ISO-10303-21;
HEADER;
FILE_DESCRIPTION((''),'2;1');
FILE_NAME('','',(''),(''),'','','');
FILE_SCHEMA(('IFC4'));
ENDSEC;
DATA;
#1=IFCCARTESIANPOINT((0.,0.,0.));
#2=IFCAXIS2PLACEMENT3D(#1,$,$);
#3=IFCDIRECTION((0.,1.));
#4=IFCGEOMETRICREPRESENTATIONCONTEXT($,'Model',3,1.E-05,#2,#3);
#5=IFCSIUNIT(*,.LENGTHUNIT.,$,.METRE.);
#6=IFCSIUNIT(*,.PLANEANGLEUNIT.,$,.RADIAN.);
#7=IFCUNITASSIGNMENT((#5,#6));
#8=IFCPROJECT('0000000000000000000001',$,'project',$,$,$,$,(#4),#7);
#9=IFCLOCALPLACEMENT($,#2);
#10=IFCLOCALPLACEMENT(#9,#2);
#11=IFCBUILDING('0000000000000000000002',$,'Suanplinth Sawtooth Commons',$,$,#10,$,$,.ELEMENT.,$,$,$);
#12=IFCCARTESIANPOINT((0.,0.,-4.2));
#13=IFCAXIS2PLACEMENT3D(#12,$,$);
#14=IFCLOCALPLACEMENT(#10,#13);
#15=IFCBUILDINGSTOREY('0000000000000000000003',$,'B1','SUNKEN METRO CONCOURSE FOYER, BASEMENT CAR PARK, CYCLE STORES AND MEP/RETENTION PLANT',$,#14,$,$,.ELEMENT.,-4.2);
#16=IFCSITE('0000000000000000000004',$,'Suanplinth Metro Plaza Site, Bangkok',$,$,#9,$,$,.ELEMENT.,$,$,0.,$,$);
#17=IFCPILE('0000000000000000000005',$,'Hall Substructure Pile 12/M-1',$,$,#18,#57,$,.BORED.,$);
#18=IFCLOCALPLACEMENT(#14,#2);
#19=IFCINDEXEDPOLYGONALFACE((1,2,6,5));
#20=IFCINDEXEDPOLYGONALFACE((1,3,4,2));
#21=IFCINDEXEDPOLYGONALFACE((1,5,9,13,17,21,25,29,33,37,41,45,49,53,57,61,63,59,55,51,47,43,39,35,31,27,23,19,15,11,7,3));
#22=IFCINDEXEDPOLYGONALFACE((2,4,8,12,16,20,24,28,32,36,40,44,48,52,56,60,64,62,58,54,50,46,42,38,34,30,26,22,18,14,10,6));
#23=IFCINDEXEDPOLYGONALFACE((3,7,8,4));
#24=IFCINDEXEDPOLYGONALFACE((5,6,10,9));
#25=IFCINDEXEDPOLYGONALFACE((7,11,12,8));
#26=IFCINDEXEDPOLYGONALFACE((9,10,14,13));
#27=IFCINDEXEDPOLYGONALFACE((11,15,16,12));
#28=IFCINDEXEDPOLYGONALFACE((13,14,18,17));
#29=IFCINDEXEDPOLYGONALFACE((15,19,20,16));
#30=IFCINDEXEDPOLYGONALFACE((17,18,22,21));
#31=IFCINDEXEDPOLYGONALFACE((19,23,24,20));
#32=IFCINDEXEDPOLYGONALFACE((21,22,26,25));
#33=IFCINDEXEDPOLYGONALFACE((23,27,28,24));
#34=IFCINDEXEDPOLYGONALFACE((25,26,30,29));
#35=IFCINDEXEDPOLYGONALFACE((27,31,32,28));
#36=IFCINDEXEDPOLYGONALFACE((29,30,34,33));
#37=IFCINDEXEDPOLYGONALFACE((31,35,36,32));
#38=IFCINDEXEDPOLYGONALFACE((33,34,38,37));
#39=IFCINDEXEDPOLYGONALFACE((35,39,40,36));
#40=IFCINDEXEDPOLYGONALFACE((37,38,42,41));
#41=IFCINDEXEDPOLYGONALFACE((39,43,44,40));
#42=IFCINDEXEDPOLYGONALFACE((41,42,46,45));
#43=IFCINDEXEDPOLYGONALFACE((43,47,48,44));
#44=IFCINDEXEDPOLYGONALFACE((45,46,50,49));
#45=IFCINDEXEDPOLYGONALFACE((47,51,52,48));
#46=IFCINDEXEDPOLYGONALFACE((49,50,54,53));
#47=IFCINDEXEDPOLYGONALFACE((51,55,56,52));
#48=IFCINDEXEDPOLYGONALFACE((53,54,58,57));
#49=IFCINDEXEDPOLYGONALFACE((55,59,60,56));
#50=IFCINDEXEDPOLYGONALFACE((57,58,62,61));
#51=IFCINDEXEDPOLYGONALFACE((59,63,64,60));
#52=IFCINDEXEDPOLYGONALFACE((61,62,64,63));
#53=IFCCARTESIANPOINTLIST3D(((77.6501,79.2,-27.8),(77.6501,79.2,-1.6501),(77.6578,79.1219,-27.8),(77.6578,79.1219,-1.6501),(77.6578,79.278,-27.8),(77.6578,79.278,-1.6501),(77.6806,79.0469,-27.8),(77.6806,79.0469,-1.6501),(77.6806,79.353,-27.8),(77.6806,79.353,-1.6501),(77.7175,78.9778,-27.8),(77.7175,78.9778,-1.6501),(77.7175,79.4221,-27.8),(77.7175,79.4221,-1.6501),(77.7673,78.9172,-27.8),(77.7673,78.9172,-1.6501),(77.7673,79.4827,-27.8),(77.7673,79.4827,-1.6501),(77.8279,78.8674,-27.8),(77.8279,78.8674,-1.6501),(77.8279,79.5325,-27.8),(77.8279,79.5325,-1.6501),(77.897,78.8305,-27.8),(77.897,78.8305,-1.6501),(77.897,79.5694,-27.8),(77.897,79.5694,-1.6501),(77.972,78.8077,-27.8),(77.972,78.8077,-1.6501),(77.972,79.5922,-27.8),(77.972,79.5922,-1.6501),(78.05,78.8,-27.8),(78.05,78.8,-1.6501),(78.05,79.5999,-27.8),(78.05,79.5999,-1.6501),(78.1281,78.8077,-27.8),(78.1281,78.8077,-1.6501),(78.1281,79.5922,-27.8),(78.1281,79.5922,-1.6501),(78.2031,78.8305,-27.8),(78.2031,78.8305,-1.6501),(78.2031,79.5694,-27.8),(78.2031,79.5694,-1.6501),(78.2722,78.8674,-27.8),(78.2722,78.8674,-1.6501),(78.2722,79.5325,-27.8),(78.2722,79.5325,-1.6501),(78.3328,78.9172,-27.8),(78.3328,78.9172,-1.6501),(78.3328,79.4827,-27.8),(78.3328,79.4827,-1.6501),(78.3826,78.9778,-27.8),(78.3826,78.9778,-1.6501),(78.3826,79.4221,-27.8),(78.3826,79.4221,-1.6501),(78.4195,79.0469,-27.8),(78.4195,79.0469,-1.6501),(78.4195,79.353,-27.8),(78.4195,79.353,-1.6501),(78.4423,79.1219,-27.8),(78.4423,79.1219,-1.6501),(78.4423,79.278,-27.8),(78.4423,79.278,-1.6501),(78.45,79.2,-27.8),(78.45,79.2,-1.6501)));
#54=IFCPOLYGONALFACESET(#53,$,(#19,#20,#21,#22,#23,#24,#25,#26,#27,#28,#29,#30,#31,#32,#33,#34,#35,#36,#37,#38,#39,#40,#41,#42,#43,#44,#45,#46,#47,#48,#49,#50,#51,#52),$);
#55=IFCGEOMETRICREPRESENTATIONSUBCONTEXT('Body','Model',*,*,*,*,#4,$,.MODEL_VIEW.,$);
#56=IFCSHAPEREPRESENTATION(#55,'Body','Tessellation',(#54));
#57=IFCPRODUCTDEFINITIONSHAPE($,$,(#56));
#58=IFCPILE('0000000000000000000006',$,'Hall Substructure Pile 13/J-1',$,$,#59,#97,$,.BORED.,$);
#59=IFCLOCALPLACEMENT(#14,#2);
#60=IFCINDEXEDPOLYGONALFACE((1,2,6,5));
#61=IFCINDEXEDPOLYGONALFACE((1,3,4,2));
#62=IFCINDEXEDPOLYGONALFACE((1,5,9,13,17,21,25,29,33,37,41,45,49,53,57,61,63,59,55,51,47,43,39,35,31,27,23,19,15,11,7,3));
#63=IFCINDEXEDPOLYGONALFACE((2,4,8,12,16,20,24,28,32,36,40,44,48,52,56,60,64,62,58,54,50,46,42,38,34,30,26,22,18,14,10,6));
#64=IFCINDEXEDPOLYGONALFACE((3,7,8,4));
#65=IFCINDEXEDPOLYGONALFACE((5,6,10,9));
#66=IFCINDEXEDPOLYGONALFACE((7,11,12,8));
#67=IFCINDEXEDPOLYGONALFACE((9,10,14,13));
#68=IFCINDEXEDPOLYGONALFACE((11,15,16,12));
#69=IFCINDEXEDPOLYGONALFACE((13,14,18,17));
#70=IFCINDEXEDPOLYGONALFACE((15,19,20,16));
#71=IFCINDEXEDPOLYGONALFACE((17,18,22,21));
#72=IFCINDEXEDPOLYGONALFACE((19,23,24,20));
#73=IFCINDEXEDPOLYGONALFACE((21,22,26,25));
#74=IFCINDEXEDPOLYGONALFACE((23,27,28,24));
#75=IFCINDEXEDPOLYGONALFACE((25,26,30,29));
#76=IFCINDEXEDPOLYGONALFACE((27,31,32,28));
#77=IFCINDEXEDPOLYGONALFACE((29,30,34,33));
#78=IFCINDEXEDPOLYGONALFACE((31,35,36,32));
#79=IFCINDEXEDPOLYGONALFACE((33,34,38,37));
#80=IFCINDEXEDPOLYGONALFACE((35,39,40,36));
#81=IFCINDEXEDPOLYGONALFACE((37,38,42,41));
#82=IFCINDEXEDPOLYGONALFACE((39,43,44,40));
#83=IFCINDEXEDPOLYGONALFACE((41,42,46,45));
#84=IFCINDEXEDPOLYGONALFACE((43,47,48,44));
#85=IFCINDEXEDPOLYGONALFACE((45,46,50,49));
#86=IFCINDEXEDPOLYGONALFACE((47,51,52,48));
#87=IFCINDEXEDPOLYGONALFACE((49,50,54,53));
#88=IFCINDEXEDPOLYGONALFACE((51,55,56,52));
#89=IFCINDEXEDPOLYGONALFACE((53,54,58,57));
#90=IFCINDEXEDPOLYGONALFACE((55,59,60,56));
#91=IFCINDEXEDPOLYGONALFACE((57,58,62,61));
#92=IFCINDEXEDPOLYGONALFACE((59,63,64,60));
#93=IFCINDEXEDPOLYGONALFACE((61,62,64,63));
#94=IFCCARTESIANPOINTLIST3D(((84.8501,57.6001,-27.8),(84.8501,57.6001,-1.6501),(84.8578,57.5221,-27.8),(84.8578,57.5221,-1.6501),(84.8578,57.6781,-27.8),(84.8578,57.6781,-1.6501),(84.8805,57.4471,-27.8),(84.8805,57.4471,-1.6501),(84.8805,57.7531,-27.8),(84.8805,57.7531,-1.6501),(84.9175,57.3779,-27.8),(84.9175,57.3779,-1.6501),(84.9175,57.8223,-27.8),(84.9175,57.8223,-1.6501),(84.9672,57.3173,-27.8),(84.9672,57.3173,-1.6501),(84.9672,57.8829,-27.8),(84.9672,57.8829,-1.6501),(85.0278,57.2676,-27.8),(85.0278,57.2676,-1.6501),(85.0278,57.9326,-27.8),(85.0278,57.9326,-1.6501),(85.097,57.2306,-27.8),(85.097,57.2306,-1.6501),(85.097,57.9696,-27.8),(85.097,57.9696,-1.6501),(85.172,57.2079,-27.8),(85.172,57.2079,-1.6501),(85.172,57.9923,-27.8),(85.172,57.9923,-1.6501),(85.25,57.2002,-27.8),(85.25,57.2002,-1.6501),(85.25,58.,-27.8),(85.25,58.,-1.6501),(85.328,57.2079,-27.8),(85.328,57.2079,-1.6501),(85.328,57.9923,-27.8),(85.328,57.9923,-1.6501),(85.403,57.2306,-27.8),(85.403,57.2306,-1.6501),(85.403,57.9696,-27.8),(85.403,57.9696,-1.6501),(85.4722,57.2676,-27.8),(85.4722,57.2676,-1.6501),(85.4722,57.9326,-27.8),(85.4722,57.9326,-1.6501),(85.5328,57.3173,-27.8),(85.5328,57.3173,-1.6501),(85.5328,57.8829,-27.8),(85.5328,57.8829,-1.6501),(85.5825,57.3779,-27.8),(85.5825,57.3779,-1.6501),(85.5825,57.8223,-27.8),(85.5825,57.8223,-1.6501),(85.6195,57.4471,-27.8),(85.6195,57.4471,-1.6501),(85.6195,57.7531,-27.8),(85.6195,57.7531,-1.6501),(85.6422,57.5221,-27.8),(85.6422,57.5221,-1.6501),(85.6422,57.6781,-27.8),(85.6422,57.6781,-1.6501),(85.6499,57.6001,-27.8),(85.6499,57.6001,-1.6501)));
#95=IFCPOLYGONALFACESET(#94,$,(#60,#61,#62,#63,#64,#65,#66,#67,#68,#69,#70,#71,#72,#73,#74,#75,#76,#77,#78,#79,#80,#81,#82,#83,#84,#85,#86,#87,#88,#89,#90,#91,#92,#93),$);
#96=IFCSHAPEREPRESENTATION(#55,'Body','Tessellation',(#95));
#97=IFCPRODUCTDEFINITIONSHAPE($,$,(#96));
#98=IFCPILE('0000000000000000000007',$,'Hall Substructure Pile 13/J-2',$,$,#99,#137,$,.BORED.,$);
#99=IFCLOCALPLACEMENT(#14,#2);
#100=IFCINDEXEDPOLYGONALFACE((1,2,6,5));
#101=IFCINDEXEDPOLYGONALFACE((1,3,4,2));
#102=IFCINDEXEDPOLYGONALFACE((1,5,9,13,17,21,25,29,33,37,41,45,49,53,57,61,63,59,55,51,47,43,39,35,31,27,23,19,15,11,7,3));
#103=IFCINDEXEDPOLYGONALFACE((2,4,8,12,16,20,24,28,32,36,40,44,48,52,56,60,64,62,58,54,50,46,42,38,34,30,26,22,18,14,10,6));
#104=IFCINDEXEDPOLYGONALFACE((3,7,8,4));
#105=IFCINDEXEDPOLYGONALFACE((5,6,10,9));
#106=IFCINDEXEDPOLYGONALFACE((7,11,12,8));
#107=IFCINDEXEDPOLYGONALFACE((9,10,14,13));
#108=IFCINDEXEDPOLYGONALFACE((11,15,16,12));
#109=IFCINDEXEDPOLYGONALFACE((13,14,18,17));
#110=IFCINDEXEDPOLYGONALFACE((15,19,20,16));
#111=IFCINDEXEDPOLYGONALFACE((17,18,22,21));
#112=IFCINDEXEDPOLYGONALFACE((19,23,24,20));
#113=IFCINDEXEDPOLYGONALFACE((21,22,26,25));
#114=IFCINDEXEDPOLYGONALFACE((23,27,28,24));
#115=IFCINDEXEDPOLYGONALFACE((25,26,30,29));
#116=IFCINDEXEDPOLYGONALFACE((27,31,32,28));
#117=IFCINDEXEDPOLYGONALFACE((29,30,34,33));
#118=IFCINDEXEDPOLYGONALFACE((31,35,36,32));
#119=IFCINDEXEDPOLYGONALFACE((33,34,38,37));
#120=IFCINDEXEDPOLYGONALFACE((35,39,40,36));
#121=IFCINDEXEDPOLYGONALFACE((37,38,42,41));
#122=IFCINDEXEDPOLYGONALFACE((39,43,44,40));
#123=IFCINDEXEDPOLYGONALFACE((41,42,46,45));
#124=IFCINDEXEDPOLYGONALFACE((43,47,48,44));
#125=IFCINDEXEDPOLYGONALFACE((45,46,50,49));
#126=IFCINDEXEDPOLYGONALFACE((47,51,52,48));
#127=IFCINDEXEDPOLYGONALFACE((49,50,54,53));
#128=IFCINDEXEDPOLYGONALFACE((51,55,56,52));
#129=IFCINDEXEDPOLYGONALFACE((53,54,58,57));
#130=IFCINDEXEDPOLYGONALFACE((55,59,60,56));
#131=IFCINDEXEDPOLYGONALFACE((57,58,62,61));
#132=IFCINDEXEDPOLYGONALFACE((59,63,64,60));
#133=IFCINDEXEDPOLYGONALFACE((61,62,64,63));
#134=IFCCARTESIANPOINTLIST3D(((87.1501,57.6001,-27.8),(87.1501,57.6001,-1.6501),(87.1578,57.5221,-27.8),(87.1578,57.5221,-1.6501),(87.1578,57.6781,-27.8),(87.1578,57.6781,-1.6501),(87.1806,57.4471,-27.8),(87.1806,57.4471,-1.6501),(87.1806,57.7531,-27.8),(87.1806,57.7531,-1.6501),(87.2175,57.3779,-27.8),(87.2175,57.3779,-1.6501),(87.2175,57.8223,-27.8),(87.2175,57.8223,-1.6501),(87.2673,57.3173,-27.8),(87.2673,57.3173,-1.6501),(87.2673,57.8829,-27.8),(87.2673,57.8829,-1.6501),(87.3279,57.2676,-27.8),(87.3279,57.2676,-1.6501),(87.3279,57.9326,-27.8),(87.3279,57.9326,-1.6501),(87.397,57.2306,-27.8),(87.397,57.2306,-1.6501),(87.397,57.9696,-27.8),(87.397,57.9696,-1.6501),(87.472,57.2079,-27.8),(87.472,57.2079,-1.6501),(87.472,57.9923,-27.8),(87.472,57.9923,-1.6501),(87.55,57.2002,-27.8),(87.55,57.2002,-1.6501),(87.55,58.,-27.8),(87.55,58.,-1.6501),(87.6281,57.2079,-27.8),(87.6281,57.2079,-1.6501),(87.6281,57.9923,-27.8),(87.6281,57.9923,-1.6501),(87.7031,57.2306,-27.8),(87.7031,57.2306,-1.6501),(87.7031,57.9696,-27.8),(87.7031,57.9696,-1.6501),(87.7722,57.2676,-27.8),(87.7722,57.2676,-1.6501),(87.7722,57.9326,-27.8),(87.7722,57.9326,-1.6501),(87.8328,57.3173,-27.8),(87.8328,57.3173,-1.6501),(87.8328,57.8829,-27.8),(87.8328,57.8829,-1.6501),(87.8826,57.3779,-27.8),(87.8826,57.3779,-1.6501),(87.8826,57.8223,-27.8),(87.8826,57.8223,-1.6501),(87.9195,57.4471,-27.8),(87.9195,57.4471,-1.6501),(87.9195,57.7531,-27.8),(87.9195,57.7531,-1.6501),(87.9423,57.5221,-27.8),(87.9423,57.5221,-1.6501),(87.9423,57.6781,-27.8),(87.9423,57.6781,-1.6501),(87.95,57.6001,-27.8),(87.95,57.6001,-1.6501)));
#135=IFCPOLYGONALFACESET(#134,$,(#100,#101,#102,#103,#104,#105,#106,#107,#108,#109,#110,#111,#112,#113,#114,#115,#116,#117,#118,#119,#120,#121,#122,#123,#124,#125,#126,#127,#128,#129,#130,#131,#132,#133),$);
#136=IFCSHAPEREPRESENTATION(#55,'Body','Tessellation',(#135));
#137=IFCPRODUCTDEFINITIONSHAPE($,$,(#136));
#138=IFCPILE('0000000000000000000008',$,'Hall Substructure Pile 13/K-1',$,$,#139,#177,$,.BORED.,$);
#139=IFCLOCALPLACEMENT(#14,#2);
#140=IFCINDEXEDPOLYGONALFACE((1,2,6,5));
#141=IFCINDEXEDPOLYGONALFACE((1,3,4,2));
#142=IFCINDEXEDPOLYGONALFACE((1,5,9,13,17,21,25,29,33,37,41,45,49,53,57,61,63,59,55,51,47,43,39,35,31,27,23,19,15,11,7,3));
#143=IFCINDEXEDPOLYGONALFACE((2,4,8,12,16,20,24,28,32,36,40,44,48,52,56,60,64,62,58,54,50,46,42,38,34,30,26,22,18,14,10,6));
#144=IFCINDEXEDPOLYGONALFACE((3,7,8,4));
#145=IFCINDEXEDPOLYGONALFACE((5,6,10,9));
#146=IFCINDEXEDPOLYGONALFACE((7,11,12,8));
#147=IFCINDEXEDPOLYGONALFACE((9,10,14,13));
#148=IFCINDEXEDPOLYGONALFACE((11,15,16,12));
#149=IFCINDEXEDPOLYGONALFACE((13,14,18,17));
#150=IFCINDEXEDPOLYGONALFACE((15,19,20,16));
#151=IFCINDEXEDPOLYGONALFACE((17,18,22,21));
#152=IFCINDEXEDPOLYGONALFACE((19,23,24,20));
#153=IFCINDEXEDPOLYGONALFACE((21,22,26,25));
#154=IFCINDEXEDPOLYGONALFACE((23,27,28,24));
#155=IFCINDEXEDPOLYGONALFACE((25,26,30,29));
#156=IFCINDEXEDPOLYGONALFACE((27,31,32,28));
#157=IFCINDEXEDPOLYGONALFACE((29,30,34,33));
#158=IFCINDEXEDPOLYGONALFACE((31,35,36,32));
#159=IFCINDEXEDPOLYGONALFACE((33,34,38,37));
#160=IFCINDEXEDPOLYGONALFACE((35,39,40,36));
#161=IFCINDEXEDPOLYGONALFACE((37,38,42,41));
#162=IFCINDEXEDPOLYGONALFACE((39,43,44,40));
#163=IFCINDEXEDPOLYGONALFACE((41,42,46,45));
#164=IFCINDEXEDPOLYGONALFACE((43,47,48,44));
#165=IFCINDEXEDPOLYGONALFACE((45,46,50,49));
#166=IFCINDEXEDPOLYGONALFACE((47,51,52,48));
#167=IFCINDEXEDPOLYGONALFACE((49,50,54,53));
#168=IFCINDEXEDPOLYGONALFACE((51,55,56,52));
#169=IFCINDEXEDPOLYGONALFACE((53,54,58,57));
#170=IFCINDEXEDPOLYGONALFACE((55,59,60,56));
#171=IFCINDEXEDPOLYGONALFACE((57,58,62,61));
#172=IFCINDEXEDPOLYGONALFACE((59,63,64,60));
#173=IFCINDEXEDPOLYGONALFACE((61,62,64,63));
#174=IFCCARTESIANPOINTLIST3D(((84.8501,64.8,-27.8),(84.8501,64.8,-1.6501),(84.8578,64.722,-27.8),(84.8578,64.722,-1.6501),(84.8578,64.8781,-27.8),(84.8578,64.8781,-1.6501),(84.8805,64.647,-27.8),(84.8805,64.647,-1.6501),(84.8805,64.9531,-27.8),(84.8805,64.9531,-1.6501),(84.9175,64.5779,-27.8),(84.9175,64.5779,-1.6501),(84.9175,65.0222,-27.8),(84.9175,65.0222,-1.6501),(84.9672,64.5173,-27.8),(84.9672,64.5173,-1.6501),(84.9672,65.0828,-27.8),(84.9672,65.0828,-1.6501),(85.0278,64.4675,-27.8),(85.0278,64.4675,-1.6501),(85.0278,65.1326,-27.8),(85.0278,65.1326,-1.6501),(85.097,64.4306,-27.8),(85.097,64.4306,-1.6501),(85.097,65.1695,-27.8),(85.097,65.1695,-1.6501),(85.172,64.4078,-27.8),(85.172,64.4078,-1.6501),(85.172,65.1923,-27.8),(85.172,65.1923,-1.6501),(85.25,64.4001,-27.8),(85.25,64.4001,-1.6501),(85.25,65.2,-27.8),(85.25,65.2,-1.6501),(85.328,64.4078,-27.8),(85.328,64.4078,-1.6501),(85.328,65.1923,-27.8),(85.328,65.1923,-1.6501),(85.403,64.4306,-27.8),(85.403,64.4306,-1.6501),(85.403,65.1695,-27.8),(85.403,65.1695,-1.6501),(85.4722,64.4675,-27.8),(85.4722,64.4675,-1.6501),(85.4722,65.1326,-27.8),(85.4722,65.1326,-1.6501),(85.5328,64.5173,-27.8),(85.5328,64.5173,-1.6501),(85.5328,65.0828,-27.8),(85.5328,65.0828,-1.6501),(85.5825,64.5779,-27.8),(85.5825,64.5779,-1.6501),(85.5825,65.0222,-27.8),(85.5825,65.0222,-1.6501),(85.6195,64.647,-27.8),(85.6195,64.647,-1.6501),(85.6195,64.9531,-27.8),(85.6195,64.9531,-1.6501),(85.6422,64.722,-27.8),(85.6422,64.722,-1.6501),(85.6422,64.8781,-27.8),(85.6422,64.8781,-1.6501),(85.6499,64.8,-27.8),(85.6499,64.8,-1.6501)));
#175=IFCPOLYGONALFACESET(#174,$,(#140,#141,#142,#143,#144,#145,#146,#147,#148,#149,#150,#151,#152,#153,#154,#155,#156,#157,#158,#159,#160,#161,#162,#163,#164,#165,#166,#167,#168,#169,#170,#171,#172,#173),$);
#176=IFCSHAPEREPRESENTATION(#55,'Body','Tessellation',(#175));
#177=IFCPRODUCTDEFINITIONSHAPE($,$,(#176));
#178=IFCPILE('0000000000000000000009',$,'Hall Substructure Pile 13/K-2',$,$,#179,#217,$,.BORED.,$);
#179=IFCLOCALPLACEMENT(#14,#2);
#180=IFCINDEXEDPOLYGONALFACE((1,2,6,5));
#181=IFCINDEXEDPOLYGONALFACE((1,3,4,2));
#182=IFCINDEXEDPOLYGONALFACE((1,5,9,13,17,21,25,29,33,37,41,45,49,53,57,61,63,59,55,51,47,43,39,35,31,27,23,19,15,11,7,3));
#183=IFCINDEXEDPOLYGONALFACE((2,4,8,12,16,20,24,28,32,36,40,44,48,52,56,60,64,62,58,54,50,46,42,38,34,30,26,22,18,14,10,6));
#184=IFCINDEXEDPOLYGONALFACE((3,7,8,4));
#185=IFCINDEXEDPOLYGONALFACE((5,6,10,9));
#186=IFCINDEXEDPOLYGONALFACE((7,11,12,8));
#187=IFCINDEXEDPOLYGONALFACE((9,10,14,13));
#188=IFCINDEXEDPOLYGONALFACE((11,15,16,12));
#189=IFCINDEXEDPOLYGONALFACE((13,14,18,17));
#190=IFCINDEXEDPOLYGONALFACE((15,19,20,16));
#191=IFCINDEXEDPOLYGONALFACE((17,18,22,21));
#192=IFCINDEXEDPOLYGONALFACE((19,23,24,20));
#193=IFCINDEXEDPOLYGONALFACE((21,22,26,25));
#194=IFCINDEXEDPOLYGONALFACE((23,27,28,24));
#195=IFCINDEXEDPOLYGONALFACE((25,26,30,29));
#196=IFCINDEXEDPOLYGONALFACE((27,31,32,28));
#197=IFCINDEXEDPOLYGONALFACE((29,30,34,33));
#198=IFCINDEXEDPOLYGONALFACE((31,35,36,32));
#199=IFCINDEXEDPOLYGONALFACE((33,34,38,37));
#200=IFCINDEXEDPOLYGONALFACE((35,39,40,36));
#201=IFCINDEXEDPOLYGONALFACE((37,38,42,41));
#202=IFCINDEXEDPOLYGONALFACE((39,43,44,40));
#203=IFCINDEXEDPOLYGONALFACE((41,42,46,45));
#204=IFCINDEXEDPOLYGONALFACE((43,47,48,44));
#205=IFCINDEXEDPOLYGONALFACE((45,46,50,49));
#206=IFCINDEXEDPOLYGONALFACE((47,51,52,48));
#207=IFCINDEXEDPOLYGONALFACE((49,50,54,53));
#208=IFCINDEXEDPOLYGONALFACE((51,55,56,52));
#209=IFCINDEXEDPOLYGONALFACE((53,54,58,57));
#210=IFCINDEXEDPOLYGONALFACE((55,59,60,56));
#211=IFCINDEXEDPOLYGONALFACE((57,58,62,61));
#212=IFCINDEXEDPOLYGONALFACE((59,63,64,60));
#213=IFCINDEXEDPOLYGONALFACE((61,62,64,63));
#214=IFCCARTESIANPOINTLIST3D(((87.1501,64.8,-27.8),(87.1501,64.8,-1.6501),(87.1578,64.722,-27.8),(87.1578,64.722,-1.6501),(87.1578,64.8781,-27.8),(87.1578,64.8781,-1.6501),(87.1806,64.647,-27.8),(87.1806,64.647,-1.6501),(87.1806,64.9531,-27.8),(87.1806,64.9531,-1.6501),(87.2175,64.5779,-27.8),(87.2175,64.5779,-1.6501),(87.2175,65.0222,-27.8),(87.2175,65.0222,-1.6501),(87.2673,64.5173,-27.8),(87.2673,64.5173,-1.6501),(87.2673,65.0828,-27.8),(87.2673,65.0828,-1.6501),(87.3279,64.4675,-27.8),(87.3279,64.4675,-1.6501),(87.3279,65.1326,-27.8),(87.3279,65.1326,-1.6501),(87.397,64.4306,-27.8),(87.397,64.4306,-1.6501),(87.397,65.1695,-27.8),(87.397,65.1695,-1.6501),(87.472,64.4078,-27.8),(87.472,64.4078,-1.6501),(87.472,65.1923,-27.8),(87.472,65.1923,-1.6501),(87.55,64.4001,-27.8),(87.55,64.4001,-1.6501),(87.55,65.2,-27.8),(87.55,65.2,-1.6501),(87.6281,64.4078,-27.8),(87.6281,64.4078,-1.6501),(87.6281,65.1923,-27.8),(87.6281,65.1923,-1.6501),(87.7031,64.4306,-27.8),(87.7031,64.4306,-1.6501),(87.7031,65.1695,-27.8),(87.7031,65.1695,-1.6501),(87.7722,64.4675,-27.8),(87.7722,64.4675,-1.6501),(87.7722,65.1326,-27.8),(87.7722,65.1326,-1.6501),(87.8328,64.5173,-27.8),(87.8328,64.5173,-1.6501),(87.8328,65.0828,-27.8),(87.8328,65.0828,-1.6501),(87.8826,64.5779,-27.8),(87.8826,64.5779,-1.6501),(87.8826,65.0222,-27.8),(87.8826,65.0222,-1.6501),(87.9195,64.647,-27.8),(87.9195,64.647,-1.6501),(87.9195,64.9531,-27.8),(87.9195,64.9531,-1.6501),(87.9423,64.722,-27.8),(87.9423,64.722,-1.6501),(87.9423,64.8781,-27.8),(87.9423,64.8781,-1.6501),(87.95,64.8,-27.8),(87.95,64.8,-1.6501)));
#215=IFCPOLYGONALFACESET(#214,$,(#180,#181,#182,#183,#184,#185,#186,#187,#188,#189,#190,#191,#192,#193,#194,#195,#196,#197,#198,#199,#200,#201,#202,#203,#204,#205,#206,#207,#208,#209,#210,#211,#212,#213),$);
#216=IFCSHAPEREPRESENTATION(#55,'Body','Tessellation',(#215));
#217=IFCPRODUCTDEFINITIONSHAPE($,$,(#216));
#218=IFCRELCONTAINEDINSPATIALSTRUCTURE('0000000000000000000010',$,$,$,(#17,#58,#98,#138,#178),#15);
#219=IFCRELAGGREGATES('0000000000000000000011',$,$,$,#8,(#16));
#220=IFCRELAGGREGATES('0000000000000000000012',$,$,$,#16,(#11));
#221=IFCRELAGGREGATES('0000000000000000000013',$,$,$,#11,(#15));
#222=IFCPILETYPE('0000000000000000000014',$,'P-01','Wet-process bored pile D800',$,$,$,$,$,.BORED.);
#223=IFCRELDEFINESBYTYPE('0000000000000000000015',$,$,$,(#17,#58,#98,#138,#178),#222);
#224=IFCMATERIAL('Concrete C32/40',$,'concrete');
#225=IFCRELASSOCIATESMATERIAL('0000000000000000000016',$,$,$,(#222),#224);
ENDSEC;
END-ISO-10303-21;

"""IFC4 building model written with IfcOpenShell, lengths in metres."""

from ifc_helpers import new_model, si_unit, direction, frame, origin, origin_2d, place, context, subcontext, project, spatial, circle, extrude, material, material_profile, profile_set, type_object, element, save


model = new_model("IFC4")

# Units and contexts
model_context = context("Model", 3, precision=1e-05, world=origin(), true_north=direction((0.0, 1.0)))
body_context = subcontext(model_context, "Body", "Model", "MODEL_VIEW")
ifc_project = project(units=[si_unit("LENGTHUNIT", "METRE"), si_unit("PLANEANGLEUNIT", "RADIAN")], contexts=[model_context])

# Site, building, storey
site_placement = place(None, origin())
site = spatial("IfcSite", under=ifc_project, at=site_placement, Name="Suanplinth Metro Plaza Site, Bangkok", CompositionType="ELEMENT", RefElevation=0.0)
building_placement = place(site_placement, origin())
building = spatial("IfcBuilding", under=site, at=building_placement, Name="Suanplinth Sawtooth Commons", CompositionType="ELEMENT")
storey_placement = place(building_placement, frame((0.0, 0.0, -4.2)))
storey = spatial("IfcBuildingStorey", under=building, at=storey_placement, Name="B1", Description="SUNKEN METRO CONCOURSE FOYER, BASEMENT CAR PARK, CYCLE STORES AND MEP/RETENTION PLANT", CompositionType="ELEMENT", Elevation=-4.2)

# Piles
ifc_material_1 = material(Name="Concrete C32/40", Category="concrete")
ifc_material_profile_1 = material_profile(ifc_material_1, circle(Radius=0.3999, at=origin_2d()), Name="PILE D800")
ifc_profile_set_1 = profile_set([ifc_material_profile_1], Name="Concrete C32/40")
pile_type = type_object("IfcPileType", Name="P-01", Description="Wet-process bored pile D800", PredefinedType="BORED", material=ifc_profile_set_1)
for number, where, z_axis, x_axis, name in (
    (1, (78.05, 79.2, -1.6501), (0.0, 0.0, -1.0), (1.0, 0.0, 0.0), "Hall Substructure Pile 12/M-1"),
    (2, (85.25, 57.6001, -1.6501), (0.0, 0.0, -1.0), (1.0, 0.0, 0.0), "Hall Substructure Pile 13/J-1"),
    (3, (87.55, 57.6001, -1.6501), (0.0, 0.0, -1.0), (1.0, 0.0, 0.0), "Hall Substructure Pile 13/J-2"),
    (4, (85.25, 64.8, -1.6501), (0.0, 0.0, -1.0), (1.0, 0.0, 0.0), "Hall Substructure Pile 13/K-1"),
    (5, (87.55, 64.8, -1.6501), (0.0, 0.0, -1.0), (1.0, 0.0, 0.0), "Hall Substructure Pile 13/K-2"),
):
    element("IfcPile", number, at=place(storey_placement, frame(where, z_axis=z_axis, x_axis=x_axis)), inside=storey, type_object=pile_type, Name=name, PredefinedType="BORED", context=body_context, shape_type="SweptSolid", body=[
        extrude(circle(Radius=0.3999, at=origin_2d()), origin(), (0.0, 0.0, 1.0), 26.1499),
    ])

save(model, "model.ifc")
